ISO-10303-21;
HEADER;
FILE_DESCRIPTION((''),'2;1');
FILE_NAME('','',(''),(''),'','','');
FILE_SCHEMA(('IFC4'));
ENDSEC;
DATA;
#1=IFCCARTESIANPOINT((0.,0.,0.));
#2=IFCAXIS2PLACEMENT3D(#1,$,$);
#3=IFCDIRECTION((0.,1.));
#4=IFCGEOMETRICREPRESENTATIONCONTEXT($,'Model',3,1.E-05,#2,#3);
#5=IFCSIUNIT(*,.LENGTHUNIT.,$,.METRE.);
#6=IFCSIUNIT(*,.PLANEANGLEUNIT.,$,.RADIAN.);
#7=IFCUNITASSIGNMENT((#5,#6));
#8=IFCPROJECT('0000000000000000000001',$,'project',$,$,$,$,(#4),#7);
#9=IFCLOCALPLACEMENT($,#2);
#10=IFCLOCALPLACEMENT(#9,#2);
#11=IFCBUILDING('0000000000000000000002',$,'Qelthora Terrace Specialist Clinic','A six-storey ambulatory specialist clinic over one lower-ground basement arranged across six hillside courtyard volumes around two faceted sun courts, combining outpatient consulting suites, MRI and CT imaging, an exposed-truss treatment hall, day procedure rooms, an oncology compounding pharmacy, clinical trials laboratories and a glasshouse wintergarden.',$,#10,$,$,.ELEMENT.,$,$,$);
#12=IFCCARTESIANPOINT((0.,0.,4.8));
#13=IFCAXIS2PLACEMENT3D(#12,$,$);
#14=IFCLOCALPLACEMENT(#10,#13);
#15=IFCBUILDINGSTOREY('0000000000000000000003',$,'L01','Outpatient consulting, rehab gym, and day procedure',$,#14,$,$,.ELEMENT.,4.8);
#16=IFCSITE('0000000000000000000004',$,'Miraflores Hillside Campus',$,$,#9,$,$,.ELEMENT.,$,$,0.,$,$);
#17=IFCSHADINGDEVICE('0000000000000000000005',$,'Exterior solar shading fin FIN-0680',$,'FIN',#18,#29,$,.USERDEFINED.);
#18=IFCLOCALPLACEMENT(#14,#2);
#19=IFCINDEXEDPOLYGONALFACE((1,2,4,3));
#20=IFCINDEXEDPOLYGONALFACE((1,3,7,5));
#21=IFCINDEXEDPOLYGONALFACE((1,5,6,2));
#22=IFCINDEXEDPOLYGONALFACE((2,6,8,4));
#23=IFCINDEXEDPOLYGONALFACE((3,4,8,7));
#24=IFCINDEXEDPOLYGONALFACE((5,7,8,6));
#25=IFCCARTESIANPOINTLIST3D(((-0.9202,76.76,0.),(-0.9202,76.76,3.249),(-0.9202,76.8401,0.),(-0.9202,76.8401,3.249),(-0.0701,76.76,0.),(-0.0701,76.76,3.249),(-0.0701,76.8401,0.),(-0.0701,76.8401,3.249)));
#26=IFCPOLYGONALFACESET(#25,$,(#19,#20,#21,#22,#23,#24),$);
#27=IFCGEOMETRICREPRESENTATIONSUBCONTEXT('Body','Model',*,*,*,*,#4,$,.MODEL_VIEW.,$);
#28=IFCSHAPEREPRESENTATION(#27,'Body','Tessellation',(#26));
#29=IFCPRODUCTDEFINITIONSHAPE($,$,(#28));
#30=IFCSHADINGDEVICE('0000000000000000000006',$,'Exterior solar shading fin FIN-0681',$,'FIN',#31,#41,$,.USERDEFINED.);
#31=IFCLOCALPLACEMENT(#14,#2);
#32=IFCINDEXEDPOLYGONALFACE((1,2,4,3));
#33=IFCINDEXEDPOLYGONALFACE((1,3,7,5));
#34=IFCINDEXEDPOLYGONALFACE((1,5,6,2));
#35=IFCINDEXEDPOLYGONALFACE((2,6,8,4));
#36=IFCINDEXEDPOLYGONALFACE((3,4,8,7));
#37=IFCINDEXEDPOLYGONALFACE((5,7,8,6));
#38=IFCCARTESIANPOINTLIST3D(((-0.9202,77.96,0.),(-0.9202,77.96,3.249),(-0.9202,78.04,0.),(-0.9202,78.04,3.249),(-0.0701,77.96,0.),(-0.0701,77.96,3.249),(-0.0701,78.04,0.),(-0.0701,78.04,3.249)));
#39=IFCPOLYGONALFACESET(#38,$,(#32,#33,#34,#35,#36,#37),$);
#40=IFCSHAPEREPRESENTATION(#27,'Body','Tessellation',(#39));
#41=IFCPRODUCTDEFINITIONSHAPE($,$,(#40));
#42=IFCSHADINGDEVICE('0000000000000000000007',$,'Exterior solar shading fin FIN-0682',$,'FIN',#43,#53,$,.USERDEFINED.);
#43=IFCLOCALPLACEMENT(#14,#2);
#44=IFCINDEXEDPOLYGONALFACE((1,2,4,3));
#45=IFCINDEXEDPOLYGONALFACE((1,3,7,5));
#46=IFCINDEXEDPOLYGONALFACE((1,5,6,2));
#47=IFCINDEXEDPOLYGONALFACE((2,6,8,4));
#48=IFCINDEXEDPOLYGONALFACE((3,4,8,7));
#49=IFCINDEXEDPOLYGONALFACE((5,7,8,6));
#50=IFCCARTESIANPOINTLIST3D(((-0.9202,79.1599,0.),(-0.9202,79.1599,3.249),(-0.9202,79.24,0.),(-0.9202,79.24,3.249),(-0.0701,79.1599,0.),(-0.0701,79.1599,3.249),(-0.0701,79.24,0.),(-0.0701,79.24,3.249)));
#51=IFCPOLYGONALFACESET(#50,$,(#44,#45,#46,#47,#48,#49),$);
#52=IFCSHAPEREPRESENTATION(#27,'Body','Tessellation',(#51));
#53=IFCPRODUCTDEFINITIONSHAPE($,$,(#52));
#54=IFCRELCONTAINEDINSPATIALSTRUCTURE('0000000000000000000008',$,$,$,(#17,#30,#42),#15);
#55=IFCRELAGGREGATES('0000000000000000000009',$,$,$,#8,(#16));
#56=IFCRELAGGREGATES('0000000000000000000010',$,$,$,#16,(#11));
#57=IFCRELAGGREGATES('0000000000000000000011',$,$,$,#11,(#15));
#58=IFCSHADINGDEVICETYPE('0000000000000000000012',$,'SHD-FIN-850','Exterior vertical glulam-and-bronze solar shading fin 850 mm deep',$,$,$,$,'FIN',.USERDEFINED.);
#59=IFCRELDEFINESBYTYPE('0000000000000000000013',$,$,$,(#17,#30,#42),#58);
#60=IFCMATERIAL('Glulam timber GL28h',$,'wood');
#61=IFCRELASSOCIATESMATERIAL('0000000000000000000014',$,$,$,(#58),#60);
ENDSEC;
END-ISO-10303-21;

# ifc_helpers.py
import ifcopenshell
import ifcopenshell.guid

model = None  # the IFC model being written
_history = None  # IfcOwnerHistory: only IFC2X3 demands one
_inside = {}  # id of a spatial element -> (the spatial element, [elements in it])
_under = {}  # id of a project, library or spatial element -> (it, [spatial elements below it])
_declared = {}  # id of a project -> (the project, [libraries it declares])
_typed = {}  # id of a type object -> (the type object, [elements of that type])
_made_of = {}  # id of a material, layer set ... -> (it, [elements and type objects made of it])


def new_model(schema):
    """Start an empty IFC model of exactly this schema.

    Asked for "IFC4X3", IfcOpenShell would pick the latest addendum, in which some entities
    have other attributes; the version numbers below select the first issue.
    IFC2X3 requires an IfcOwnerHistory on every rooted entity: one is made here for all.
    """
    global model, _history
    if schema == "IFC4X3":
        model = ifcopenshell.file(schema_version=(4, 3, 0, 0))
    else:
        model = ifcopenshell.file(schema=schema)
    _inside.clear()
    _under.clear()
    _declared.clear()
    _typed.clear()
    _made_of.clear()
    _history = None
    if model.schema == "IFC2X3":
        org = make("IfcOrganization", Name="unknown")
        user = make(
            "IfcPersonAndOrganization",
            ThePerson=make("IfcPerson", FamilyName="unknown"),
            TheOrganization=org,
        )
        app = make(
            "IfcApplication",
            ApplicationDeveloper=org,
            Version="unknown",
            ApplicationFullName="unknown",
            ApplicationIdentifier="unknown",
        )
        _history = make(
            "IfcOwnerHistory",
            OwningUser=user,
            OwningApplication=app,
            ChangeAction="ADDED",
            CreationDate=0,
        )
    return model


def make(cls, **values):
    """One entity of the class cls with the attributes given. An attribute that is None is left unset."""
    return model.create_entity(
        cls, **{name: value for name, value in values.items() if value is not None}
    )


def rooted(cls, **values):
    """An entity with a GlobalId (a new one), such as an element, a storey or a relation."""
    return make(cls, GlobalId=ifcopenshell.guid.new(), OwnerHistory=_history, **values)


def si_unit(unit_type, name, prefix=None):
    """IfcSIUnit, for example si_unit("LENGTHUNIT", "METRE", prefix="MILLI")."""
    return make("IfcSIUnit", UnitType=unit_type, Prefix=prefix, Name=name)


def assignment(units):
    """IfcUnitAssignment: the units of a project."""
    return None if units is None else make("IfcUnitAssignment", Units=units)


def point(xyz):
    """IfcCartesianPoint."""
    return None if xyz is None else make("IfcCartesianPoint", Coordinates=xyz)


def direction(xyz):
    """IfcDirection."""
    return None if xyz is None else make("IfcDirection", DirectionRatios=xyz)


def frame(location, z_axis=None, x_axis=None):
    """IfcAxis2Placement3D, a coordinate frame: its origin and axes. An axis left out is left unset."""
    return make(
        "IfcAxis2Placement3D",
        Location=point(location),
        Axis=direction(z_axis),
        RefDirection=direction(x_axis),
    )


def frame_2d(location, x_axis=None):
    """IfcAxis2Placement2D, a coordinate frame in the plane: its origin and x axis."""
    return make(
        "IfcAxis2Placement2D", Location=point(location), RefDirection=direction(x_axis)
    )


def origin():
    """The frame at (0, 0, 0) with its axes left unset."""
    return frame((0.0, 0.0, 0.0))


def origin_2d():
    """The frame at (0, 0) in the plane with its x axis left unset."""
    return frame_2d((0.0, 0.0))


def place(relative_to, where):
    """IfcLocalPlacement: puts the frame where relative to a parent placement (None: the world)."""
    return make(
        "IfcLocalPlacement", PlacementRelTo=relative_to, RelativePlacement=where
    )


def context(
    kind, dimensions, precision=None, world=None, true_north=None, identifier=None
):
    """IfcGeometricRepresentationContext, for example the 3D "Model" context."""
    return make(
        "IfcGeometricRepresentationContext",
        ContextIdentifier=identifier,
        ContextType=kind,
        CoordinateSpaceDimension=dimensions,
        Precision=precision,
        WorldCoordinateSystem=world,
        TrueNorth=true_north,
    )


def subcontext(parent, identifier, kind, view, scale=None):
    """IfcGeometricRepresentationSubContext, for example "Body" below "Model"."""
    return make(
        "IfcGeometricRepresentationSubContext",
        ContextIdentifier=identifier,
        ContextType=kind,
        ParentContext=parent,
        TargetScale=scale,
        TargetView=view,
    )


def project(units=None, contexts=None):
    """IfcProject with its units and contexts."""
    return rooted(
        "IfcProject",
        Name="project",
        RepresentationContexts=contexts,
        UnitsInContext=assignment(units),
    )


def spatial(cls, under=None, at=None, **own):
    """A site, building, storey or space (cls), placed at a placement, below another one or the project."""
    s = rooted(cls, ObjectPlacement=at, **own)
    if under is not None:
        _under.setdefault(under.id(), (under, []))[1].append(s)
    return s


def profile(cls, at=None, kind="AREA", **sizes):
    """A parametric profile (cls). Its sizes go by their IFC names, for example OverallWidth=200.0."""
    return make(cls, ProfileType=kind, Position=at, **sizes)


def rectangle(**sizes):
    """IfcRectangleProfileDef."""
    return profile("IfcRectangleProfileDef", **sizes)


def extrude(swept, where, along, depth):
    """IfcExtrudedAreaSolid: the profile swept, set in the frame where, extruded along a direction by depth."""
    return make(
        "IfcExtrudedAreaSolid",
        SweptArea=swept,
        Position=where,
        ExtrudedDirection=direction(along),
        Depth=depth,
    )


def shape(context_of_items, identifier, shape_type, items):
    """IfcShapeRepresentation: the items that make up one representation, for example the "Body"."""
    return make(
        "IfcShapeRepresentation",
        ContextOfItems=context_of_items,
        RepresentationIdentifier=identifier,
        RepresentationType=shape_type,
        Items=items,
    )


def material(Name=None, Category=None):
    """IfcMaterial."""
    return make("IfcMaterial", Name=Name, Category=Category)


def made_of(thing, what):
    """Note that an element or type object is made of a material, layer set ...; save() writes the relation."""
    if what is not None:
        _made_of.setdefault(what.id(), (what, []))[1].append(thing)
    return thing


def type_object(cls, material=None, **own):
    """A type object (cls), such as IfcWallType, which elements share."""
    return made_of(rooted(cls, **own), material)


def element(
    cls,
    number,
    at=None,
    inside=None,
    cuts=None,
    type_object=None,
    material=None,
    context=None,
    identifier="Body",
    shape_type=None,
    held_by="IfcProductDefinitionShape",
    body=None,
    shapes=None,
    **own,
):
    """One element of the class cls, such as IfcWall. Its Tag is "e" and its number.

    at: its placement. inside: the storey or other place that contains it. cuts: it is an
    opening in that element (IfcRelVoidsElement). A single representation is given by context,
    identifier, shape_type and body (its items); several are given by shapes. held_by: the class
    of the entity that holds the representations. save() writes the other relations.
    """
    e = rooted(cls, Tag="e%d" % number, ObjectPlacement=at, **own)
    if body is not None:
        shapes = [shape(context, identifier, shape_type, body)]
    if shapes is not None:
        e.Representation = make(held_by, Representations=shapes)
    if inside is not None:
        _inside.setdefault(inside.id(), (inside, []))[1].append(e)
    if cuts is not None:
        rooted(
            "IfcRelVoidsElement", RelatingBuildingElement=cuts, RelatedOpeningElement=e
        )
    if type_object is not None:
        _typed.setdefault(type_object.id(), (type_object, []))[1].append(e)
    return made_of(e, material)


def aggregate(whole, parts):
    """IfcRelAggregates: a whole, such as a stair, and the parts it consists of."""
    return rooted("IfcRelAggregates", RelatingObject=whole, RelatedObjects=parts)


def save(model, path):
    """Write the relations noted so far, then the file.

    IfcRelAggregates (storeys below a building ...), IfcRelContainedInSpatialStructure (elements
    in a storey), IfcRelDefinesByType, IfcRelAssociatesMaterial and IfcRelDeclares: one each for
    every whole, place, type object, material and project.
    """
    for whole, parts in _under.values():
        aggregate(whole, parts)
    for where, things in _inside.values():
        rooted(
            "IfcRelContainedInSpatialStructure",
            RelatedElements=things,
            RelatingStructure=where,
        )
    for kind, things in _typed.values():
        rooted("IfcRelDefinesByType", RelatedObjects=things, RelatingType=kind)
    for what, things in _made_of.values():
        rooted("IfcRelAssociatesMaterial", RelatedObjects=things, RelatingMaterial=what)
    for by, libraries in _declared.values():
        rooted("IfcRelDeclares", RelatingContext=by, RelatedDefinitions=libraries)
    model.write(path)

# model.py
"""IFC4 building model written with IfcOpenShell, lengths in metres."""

from ifc_helpers import new_model, si_unit, direction, frame, origin, origin_2d, place, context, subcontext, project, spatial, rectangle, extrude, material, type_object, element, save


model = new_model("IFC4")

# Units and contexts
model_context = context("Model", 3, precision=1e-05, world=origin(), true_north=direction((0.0, 1.0)))
body_context = subcontext(model_context, "Body", "Model", "MODEL_VIEW")
ifc_project = project(units=[si_unit("LENGTHUNIT", "METRE"), si_unit("PLANEANGLEUNIT", "RADIAN")], contexts=[model_context])

# Site, building, storey
site_placement = place(None, origin())
site = spatial("IfcSite", under=ifc_project, at=site_placement, Name="Miraflores Hillside Campus", CompositionType="ELEMENT", RefElevation=0.0)
building_placement = place(site_placement, origin())
building = spatial("IfcBuilding", under=site, at=building_placement, Name="Qelthora Terrace Specialist Clinic", Description="A six-storey ambulatory specialist clinic over one lower-ground basement arranged across six hillside courtyard volumes around two faceted sun courts, combining outpatient consulting suites, MRI and CT imaging, an exposed-truss treatment hall, day procedure rooms, an oncology compounding pharmacy, clinical trials laboratories and a glasshouse wintergarden.", CompositionType="ELEMENT")
storey_placement = place(building_placement, frame((0.0, 0.0, 4.8)))
storey = spatial("IfcBuildingStorey", under=building, at=storey_placement, Name="L01", Description="Outpatient consulting, rehab gym, and day procedure", CompositionType="ELEMENT", Elevation=4.8)

# Shading devices
ifc_material_1 = material(Name="Glulam timber GL28h", Category="wood")
shading_device_type = type_object("IfcShadingDeviceType", Name="SHD-FIN-850", Description="Exterior vertical glulam-and-bronze solar shading fin 850 mm deep", ElementType="FIN", PredefinedType="USERDEFINED", material=ifc_material_1)
for number, where, z_axis, x_axis, name in (
    (1, (-0.4951, 76.8, 0.0), (0.0, 0.0, 1.0), (-1.0, 0.0, 0.0), "Exterior solar shading fin FIN-0680"),
    (2, (-0.4951, 78.0, 0.0), (0.0, 0.0, 1.0), (-1.0, 0.0, 0.0), "Exterior solar shading fin FIN-0681"),
    (3, (-0.4951, 79.2, 0.0), (0.0, 0.0, 1.0), (-1.0, 0.0, 0.0), "Exterior solar shading fin FIN-0682"),
):
    element("IfcShadingDevice", number, at=place(storey_placement, frame(where, z_axis=z_axis, x_axis=x_axis)), inside=storey, type_object=shading_device_type, Name=name, ObjectType="FIN", PredefinedType="USERDEFINED", context=body_context, shape_type="SweptSolid", body=[
        extrude(rectangle(XDim=0.8501, YDim=0.0801, at=origin_2d()), origin(), (0.0, 0.0, 1.0), 3.249),
    ])

save(model, "model.ifc")
